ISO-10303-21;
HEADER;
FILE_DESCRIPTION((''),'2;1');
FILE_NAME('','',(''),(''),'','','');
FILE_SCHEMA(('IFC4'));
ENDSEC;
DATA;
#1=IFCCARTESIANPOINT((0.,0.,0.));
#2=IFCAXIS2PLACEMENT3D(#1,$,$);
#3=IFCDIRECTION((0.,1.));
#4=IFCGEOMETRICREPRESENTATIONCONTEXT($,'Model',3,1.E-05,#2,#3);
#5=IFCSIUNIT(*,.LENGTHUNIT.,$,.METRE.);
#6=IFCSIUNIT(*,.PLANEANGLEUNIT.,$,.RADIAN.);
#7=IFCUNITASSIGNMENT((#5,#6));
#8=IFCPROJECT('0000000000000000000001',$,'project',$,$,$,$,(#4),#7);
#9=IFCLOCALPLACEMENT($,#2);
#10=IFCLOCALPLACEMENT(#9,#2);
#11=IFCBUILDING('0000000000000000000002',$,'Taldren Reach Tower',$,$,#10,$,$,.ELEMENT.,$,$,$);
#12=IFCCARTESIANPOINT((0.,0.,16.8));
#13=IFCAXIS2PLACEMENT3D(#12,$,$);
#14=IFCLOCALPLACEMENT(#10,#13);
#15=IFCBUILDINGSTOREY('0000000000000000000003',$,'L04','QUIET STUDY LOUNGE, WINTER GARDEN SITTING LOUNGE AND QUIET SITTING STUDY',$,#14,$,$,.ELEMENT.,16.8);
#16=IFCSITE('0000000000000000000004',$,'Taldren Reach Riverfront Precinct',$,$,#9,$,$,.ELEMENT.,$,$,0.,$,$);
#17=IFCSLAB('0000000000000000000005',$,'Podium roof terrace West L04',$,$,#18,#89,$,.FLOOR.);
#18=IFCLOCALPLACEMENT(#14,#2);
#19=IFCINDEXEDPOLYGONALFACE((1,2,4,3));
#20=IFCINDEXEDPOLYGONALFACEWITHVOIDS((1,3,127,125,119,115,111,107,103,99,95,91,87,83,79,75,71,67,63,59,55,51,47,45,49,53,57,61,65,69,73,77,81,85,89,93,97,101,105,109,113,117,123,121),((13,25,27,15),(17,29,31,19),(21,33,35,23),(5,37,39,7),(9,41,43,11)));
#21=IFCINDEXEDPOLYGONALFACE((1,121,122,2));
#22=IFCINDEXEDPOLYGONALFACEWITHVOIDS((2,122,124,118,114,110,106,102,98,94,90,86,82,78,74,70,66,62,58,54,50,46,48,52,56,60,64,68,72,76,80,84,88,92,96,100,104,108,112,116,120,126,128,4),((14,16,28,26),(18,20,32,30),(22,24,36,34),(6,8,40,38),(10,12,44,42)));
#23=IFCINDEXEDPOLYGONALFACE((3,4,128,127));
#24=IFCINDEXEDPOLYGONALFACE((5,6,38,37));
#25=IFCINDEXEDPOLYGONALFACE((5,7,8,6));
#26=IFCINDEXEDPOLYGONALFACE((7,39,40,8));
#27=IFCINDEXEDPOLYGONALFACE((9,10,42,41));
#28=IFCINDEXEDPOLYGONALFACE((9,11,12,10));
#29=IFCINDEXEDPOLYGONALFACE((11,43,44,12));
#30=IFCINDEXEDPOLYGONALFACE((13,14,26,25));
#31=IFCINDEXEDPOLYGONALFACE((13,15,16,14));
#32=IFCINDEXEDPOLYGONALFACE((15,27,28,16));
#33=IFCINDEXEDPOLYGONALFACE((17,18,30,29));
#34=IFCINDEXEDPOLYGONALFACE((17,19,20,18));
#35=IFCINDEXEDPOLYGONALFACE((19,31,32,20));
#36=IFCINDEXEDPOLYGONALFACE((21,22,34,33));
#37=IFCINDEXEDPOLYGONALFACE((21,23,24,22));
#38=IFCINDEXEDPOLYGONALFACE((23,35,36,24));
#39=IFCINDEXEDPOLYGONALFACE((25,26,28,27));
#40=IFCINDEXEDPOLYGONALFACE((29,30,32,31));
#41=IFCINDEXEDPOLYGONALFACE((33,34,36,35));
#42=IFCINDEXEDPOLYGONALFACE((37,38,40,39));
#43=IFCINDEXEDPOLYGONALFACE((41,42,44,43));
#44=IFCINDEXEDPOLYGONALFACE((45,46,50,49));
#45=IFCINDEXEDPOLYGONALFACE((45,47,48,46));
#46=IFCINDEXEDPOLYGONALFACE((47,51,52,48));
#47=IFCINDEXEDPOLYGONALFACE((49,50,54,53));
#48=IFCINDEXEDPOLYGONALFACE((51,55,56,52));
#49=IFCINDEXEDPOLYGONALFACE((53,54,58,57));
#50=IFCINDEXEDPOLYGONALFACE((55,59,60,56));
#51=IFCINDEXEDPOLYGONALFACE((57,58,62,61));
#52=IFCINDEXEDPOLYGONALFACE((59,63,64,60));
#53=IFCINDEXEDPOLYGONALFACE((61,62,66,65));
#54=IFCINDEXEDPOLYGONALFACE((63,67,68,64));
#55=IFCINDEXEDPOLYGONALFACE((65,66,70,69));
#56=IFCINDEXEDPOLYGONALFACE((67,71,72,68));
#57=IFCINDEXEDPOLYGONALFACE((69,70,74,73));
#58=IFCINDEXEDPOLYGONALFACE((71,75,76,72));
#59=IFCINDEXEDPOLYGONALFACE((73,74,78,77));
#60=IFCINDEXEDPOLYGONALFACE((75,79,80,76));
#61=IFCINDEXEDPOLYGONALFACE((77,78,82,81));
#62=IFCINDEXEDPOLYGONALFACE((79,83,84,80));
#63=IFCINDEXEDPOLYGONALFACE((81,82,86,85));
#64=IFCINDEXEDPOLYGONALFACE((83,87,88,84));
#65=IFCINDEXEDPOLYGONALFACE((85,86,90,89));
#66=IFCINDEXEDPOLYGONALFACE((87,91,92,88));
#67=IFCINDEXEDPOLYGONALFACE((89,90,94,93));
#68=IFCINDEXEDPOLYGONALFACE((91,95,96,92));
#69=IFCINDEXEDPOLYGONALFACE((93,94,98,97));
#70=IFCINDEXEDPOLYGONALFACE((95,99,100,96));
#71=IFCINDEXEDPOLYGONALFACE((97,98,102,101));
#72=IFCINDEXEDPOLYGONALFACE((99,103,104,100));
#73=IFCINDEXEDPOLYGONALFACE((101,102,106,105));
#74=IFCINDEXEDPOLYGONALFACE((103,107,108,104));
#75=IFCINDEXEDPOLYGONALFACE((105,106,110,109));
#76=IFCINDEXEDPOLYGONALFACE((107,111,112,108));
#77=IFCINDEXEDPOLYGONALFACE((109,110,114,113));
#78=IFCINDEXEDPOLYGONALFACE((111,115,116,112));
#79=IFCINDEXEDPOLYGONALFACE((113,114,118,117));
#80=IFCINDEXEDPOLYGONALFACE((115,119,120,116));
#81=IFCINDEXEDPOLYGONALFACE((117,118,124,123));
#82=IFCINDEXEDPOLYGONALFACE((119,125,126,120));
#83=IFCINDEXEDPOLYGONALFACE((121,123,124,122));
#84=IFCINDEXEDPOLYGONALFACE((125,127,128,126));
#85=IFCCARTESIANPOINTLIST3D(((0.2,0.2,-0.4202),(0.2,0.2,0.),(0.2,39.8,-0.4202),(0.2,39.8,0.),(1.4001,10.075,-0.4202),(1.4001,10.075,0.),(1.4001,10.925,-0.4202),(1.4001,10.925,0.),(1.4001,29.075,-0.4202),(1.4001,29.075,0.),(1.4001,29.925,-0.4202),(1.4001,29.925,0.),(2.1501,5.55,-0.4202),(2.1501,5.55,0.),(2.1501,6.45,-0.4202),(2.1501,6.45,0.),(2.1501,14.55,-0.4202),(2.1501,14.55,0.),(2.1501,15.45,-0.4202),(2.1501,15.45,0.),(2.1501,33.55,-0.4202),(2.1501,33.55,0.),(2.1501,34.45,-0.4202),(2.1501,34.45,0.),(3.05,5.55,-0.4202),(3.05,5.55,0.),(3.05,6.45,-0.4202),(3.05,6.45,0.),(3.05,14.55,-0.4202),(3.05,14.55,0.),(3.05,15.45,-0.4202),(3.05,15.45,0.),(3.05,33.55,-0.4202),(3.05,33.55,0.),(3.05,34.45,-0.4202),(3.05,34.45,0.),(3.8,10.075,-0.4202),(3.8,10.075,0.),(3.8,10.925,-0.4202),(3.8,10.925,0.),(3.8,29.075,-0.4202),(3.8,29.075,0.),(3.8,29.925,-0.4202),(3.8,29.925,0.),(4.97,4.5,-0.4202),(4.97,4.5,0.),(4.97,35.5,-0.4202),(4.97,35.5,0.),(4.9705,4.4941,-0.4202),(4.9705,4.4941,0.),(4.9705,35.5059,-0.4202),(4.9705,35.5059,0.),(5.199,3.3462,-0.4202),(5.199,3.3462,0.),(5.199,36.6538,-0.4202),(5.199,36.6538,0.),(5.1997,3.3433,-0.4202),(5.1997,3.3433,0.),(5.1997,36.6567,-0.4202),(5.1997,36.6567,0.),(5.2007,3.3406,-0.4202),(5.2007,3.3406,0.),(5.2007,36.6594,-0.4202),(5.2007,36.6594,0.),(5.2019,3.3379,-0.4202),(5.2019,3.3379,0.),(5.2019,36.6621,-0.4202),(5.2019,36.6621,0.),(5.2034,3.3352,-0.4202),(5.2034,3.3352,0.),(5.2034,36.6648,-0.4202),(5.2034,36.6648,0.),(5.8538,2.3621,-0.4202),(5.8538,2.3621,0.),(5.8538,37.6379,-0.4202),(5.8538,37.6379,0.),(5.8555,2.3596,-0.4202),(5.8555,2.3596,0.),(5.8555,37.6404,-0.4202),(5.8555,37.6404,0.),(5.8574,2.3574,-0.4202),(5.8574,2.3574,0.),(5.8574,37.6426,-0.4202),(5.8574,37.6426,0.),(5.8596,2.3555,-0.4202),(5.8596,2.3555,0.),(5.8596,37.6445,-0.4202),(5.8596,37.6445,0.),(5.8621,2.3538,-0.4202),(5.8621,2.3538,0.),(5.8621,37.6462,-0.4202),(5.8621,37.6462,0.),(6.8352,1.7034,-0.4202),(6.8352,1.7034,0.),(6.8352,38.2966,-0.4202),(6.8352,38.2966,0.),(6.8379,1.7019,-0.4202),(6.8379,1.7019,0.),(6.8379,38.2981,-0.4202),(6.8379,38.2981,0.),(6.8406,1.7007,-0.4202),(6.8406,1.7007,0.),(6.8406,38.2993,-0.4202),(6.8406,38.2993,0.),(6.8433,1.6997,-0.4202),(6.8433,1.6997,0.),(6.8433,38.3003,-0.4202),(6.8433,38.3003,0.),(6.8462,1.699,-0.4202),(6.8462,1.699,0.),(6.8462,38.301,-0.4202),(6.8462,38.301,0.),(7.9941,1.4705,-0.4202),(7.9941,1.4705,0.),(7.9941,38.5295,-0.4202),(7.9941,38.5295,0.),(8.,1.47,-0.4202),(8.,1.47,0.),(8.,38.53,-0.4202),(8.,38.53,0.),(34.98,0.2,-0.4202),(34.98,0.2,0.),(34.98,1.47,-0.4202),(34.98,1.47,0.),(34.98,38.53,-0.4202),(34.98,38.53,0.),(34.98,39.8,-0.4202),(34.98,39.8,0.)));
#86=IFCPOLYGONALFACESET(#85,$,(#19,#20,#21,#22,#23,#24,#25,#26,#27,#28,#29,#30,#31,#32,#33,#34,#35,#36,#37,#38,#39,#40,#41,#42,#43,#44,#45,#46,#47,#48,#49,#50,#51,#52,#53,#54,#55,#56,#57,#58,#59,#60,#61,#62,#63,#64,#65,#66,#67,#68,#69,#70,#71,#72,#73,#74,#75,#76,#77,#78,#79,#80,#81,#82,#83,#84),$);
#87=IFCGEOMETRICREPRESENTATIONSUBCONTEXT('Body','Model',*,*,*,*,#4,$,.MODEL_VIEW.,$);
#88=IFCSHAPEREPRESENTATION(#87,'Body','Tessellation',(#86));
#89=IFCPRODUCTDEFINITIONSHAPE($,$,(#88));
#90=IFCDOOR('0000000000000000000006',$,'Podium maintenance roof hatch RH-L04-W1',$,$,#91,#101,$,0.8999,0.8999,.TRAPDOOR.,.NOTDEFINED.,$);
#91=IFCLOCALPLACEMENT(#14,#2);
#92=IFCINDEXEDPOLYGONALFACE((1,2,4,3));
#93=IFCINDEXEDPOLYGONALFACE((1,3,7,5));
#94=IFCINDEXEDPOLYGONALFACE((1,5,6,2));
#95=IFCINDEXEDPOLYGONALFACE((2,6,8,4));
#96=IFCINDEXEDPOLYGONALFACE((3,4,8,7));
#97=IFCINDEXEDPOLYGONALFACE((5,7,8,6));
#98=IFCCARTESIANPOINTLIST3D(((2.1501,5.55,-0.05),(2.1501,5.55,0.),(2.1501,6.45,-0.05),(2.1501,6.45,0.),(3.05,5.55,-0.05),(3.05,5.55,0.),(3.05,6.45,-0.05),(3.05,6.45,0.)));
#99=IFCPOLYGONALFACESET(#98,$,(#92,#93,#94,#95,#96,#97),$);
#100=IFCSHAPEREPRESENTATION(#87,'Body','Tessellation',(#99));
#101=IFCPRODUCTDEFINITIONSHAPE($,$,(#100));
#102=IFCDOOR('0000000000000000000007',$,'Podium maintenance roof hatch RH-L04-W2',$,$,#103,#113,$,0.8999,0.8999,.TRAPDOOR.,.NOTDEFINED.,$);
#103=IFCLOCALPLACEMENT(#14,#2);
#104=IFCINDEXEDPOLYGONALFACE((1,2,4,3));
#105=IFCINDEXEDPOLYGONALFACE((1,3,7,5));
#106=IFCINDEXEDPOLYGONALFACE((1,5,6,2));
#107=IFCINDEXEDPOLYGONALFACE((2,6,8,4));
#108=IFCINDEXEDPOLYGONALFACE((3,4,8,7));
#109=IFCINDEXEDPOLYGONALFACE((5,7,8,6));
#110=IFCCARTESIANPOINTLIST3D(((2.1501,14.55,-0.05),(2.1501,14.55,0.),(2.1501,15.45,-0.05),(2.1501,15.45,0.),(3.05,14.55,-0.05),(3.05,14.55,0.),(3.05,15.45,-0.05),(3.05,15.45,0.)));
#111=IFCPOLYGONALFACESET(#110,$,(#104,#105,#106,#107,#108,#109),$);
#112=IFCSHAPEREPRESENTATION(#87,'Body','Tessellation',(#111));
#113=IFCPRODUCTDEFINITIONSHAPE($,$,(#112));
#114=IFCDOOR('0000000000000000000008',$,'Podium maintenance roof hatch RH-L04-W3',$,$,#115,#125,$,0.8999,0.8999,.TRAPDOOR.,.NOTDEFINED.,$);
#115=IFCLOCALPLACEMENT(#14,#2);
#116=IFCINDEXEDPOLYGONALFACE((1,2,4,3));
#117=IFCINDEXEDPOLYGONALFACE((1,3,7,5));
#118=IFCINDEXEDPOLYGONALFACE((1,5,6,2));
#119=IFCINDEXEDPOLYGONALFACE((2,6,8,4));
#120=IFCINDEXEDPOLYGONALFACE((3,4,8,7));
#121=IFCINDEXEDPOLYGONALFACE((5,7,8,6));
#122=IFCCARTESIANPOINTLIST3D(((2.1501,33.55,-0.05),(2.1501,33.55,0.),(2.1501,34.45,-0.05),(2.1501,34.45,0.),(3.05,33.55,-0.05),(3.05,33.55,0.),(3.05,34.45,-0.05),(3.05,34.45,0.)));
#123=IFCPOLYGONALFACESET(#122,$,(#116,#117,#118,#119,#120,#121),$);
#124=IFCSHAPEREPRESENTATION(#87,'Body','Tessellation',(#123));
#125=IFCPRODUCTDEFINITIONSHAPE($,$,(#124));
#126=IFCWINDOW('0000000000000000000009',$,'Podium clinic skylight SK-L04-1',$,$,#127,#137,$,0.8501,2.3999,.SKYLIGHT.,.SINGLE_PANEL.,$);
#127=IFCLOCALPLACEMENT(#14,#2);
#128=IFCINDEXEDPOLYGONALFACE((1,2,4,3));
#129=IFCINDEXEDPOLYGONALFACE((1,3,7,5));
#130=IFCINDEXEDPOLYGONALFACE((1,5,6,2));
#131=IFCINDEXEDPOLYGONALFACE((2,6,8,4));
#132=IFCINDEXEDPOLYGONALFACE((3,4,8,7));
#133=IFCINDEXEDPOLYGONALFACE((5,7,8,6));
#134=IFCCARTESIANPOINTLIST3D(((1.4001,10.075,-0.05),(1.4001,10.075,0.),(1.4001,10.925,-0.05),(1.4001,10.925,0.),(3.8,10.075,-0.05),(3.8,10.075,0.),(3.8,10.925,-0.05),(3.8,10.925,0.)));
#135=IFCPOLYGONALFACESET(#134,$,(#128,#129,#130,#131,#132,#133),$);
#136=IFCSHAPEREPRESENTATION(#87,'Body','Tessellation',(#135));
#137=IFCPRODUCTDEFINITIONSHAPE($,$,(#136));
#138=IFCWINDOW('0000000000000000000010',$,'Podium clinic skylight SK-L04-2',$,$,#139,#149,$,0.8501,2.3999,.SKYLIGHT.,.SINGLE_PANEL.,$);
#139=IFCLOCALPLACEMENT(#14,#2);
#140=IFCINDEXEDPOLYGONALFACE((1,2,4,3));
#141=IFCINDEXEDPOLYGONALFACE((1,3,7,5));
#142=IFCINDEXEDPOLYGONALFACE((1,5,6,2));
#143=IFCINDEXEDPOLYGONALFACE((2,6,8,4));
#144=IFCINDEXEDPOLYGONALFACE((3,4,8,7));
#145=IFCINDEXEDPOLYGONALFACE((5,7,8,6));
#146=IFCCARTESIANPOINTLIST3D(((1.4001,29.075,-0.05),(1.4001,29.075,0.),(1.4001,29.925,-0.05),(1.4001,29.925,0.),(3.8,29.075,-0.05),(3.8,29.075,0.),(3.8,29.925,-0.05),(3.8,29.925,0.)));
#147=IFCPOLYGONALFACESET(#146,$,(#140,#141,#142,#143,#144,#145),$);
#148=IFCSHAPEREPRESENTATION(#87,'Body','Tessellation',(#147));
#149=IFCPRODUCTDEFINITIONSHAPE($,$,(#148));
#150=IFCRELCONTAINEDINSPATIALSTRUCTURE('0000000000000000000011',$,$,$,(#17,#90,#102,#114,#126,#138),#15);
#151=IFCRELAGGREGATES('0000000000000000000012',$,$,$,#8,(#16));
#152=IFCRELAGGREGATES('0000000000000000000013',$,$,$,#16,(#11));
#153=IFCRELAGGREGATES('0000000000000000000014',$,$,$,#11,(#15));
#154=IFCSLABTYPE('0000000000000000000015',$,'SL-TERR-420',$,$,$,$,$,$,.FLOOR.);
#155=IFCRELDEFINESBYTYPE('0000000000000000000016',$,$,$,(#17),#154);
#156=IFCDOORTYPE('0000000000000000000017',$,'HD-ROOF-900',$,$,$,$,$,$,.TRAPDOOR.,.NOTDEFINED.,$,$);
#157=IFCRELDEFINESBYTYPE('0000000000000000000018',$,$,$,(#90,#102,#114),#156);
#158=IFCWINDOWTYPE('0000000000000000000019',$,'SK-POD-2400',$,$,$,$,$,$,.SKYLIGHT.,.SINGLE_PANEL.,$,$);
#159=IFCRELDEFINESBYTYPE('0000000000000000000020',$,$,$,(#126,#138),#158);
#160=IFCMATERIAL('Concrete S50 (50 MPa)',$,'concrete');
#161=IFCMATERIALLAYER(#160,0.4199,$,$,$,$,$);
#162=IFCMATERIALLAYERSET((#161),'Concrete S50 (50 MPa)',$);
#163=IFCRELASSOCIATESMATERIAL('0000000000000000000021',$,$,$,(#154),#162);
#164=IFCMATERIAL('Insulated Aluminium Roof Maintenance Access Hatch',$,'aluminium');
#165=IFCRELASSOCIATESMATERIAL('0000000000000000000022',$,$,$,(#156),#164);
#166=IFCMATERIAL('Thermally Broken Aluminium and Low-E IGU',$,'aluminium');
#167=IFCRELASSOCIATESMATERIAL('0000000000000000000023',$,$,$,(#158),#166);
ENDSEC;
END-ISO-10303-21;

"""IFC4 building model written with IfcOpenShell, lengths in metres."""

from ifc_helpers import new_model, si_unit, direction, frame, origin, origin_2d, place, context, subcontext, project, spatial, polyline, rectangle, outline, extrude, material, layer, layer_set, type_object, element, fill, save


model = new_model("IFC4")

# Units and contexts
model_context = context("Model", 3, precision=1e-05, world=origin(), true_north=direction((0.0, 1.0)))
body_context = subcontext(model_context, "Body", "Model", "MODEL_VIEW")
ifc_project = project(units=[si_unit("LENGTHUNIT", "METRE"), si_unit("PLANEANGLEUNIT", "RADIAN")], contexts=[model_context])

# Site, building, storey
site_placement = place(None, origin())
site = spatial("IfcSite", under=ifc_project, at=site_placement, Name="Taldren Reach Riverfront Precinct", CompositionType="ELEMENT", RefElevation=0.0)
building_placement = place(site_placement, origin())
building = spatial("IfcBuilding", under=site, at=building_placement, Name="Taldren Reach Tower", CompositionType="ELEMENT")
storey_placement = place(building_placement, frame((0.0, 0.0, 16.8)))
storey = spatial("IfcBuildingStorey", under=building, at=storey_placement, Name="L04", Description="QUIET STUDY LOUNGE, WINTER GARDEN SITTING LOUNGE AND QUIET SITTING STUDY", CompositionType="ELEMENT", Elevation=16.8)

# Shared definitions
ifc_material_1 = material(Name="Concrete S50 (50 MPa)", Category="concrete")

# Slab, openings, doors, windows
ifc_layer_1 = layer(ifc_material_1, 0.4199)
ifc_layer_set_1 = layer_set([ifc_layer_1], Name="Concrete S50 (50 MPa)")
slab_type_1 = type_object("IfcSlabType", Name="SL-TERR-420", PredefinedType="FLOOR", material=ifc_layer_set_1)
slab_1_placement = place(storey_placement, frame((0.0, 0.0, -0.4202)))
slab_1 = element("IfcSlab", 1, at=slab_1_placement, inside=storey, type_object=slab_type_1, Name="Podium roof terrace West L04", PredefinedType="FLOOR", context=body_context, shape_type="SweptSolid", body=[
    extrude(outline(polyline([(34.98, 0.2), (0.2, 0.2), (0.2, 39.8), (34.98, 39.8), (34.98, 38.53), (8.0, 38.53), (7.9971, 38.5298), (7.9941, 38.5295), (6.8462, 38.301), (6.8433, 38.3003), (6.8406, 38.2993), (6.8379, 38.2981), (6.8352, 38.2966), (5.8621, 37.6462), (5.8596, 37.6445), (5.8574, 37.6426), (5.8555, 37.6404), (5.8538, 37.6379), (5.2034, 36.6648), (5.2019, 36.6621), (5.2007, 36.6594), (5.1997, 36.6567), (5.199, 36.6538), (4.9705, 35.5059), (4.9702, 35.5029), (4.97, 35.5), (4.97, 4.5), (4.9702, 4.4971), (4.9705, 4.4941), (5.199, 3.3462), (5.1997, 3.3433), (5.2007, 3.3406), (5.2019, 3.3379), (5.2034, 3.3352), (5.8538, 2.3621), (5.8555, 2.3596), (5.8574, 2.3574), (5.8596, 2.3555), (5.8621, 2.3538), (6.8352, 1.7034), (6.8379, 1.7019), (6.8406, 1.7007), (6.8433, 1.6997), (6.8462, 1.699), (7.9941, 1.4705), (7.9971, 1.4702), (8.0, 1.47), (34.98, 1.47), (34.98, 0.2)])), origin(), (0.0, 0.0, 1.0), 0.4202),
])
opening_1_placement = place(slab_1_placement, frame((2.6001, 10.5, -0.01)))
opening_1 = element("IfcOpeningElement", 2, at=opening_1_placement, cuts=slab_1, PredefinedType="OPENING", context=body_context, shape_type="SweptSolid", body=[
    extrude(rectangle(XDim=2.3999, YDim=0.8501, at=origin_2d()), origin(), (0.0, 0.0, 1.0), 0.4402),
])
opening_2_placement = place(slab_1_placement, frame((2.6001, 29.5, -0.01)))
opening_2 = element("IfcOpeningElement", 3, at=opening_2_placement, cuts=slab_1, PredefinedType="OPENING", context=body_context, shape_type="SweptSolid", body=[
    extrude(rectangle(XDim=2.3999, YDim=0.8501, at=origin_2d()), origin(), (0.0, 0.0, 1.0), 0.4402),
])
opening_3_placement = place(slab_1_placement, frame((2.6001, 6.0, -0.01)))
opening_3 = element("IfcOpeningElement", 4, at=opening_3_placement, cuts=slab_1, PredefinedType="OPENING", context=body_context, shape_type="SweptSolid", body=[
    extrude(rectangle(XDim=0.8999, YDim=0.8999, at=origin_2d()), origin(), (0.0, 0.0, 1.0), 0.4402),
])
opening_4_placement = place(slab_1_placement, frame((2.6001, 15.0, -0.01)))
opening_4 = element("IfcOpeningElement", 5, at=opening_4_placement, cuts=slab_1, PredefinedType="OPENING", context=body_context, shape_type="SweptSolid", body=[
    extrude(rectangle(XDim=0.8999, YDim=0.8999, at=origin_2d()), origin(), (0.0, 0.0, 1.0), 0.4402),
])
opening_5_placement = place(slab_1_placement, frame((2.6001, 34.0, -0.01)))
opening_5 = element("IfcOpeningElement", 6, at=opening_5_placement, cuts=slab_1, PredefinedType="OPENING", context=body_context, shape_type="SweptSolid", body=[
    extrude(rectangle(XDim=0.8999, YDim=0.8999, at=origin_2d()), origin(), (0.0, 0.0, 1.0), 0.4402),
])
ifc_material_2 = material(Name="Insulated Aluminium Roof Maintenance Access Hatch", Category="aluminium")
door_type = type_object("IfcDoorType", Name="HD-ROOF-900", OperationType="NOTDEFINED", PredefinedType="TRAPDOOR", material=ifc_material_2)
door_1_placement = place(slab_1_placement, frame((2.6001, 6.0, 0.3701)))
door_1 = element("IfcDoor", 7, at=door_1_placement, inside=storey, type_object=door_type, Name="Podium maintenance roof hatch RH-L04-W1", OperationType="NOTDEFINED", OverallHeight=0.8999, OverallWidth=0.8999, PredefinedType="TRAPDOOR", context=body_context, shape_type="SweptSolid", body=[
    extrude(rectangle(XDim=0.8999, YDim=0.8999, at=origin_2d()), origin(), (0.0, 0.0, 1.0), 0.05),
])
fill(opening_3, door_1)
door_2_placement = place(slab_1_placement, frame((2.6001, 15.0, 0.3701)))
door_2 = element("IfcDoor", 8, at=door_2_placement, inside=storey, type_object=door_type, Name="Podium maintenance roof hatch RH-L04-W2", OperationType="NOTDEFINED", OverallHeight=0.8999, OverallWidth=0.8999, PredefinedType="TRAPDOOR", context=body_context, shape_type="SweptSolid", body=[
    extrude(rectangle(XDim=0.8999, YDim=0.8999, at=origin_2d()), origin(), (0.0, 0.0, 1.0), 0.05),
])
fill(opening_4, door_2)
door_3_placement = place(slab_1_placement, frame((2.6001, 34.0, 0.3701)))
door_3 = element("IfcDoor", 9, at=door_3_placement, inside=storey, type_object=door_type, Name="Podium maintenance roof hatch RH-L04-W3", OperationType="NOTDEFINED", OverallHeight=0.8999, OverallWidth=0.8999, PredefinedType="TRAPDOOR", context=body_context, shape_type="SweptSolid", body=[
    extrude(rectangle(XDim=0.8999, YDim=0.8999, at=origin_2d()), origin(), (0.0, 0.0, 1.0), 0.05),
])
fill(opening_5, door_3)
ifc_material_3 = material(Name="Thermally Broken Aluminium and Low-E IGU", Category="aluminium")
window_type = type_object("IfcWindowType", Name="SK-POD-2400", PartitioningType="SINGLE_PANEL", PredefinedType="SKYLIGHT", material=ifc_material_3)
window_1_placement = place(slab_1_placement, frame((2.6001, 10.5, 0.3701)))
window_1 = element("IfcWindow", 10, at=window_1_placement, inside=storey, type_object=window_type, Name="Podium clinic skylight SK-L04-1", OverallHeight=0.8501, OverallWidth=2.3999, PartitioningType="SINGLE_PANEL", PredefinedType="SKYLIGHT", context=body_context, shape_type="SweptSolid", body=[
    extrude(rectangle(XDim=2.3999, YDim=0.8501, at=origin_2d()), origin(), (0.0, 0.0, 1.0), 0.05),
])
fill(opening_1, window_1)
window_2_placement = place(slab_1_placement, frame((2.6001, 29.5, 0.3701)))
window_2 = element("IfcWindow", 11, at=window_2_placement, inside=storey, type_object=window_type, Name="Podium clinic skylight SK-L04-2", OverallHeight=0.8501, OverallWidth=2.3999, PartitioningType="SINGLE_PANEL", PredefinedType="SKYLIGHT", context=body_context, shape_type="SweptSolid", body=[
    extrude(rectangle(XDim=2.3999, YDim=0.8501, at=origin_2d()), origin(), (0.0, 0.0, 1.0), 0.05),
])
fill(opening_2, window_2)

save(model, "model.ifc")
